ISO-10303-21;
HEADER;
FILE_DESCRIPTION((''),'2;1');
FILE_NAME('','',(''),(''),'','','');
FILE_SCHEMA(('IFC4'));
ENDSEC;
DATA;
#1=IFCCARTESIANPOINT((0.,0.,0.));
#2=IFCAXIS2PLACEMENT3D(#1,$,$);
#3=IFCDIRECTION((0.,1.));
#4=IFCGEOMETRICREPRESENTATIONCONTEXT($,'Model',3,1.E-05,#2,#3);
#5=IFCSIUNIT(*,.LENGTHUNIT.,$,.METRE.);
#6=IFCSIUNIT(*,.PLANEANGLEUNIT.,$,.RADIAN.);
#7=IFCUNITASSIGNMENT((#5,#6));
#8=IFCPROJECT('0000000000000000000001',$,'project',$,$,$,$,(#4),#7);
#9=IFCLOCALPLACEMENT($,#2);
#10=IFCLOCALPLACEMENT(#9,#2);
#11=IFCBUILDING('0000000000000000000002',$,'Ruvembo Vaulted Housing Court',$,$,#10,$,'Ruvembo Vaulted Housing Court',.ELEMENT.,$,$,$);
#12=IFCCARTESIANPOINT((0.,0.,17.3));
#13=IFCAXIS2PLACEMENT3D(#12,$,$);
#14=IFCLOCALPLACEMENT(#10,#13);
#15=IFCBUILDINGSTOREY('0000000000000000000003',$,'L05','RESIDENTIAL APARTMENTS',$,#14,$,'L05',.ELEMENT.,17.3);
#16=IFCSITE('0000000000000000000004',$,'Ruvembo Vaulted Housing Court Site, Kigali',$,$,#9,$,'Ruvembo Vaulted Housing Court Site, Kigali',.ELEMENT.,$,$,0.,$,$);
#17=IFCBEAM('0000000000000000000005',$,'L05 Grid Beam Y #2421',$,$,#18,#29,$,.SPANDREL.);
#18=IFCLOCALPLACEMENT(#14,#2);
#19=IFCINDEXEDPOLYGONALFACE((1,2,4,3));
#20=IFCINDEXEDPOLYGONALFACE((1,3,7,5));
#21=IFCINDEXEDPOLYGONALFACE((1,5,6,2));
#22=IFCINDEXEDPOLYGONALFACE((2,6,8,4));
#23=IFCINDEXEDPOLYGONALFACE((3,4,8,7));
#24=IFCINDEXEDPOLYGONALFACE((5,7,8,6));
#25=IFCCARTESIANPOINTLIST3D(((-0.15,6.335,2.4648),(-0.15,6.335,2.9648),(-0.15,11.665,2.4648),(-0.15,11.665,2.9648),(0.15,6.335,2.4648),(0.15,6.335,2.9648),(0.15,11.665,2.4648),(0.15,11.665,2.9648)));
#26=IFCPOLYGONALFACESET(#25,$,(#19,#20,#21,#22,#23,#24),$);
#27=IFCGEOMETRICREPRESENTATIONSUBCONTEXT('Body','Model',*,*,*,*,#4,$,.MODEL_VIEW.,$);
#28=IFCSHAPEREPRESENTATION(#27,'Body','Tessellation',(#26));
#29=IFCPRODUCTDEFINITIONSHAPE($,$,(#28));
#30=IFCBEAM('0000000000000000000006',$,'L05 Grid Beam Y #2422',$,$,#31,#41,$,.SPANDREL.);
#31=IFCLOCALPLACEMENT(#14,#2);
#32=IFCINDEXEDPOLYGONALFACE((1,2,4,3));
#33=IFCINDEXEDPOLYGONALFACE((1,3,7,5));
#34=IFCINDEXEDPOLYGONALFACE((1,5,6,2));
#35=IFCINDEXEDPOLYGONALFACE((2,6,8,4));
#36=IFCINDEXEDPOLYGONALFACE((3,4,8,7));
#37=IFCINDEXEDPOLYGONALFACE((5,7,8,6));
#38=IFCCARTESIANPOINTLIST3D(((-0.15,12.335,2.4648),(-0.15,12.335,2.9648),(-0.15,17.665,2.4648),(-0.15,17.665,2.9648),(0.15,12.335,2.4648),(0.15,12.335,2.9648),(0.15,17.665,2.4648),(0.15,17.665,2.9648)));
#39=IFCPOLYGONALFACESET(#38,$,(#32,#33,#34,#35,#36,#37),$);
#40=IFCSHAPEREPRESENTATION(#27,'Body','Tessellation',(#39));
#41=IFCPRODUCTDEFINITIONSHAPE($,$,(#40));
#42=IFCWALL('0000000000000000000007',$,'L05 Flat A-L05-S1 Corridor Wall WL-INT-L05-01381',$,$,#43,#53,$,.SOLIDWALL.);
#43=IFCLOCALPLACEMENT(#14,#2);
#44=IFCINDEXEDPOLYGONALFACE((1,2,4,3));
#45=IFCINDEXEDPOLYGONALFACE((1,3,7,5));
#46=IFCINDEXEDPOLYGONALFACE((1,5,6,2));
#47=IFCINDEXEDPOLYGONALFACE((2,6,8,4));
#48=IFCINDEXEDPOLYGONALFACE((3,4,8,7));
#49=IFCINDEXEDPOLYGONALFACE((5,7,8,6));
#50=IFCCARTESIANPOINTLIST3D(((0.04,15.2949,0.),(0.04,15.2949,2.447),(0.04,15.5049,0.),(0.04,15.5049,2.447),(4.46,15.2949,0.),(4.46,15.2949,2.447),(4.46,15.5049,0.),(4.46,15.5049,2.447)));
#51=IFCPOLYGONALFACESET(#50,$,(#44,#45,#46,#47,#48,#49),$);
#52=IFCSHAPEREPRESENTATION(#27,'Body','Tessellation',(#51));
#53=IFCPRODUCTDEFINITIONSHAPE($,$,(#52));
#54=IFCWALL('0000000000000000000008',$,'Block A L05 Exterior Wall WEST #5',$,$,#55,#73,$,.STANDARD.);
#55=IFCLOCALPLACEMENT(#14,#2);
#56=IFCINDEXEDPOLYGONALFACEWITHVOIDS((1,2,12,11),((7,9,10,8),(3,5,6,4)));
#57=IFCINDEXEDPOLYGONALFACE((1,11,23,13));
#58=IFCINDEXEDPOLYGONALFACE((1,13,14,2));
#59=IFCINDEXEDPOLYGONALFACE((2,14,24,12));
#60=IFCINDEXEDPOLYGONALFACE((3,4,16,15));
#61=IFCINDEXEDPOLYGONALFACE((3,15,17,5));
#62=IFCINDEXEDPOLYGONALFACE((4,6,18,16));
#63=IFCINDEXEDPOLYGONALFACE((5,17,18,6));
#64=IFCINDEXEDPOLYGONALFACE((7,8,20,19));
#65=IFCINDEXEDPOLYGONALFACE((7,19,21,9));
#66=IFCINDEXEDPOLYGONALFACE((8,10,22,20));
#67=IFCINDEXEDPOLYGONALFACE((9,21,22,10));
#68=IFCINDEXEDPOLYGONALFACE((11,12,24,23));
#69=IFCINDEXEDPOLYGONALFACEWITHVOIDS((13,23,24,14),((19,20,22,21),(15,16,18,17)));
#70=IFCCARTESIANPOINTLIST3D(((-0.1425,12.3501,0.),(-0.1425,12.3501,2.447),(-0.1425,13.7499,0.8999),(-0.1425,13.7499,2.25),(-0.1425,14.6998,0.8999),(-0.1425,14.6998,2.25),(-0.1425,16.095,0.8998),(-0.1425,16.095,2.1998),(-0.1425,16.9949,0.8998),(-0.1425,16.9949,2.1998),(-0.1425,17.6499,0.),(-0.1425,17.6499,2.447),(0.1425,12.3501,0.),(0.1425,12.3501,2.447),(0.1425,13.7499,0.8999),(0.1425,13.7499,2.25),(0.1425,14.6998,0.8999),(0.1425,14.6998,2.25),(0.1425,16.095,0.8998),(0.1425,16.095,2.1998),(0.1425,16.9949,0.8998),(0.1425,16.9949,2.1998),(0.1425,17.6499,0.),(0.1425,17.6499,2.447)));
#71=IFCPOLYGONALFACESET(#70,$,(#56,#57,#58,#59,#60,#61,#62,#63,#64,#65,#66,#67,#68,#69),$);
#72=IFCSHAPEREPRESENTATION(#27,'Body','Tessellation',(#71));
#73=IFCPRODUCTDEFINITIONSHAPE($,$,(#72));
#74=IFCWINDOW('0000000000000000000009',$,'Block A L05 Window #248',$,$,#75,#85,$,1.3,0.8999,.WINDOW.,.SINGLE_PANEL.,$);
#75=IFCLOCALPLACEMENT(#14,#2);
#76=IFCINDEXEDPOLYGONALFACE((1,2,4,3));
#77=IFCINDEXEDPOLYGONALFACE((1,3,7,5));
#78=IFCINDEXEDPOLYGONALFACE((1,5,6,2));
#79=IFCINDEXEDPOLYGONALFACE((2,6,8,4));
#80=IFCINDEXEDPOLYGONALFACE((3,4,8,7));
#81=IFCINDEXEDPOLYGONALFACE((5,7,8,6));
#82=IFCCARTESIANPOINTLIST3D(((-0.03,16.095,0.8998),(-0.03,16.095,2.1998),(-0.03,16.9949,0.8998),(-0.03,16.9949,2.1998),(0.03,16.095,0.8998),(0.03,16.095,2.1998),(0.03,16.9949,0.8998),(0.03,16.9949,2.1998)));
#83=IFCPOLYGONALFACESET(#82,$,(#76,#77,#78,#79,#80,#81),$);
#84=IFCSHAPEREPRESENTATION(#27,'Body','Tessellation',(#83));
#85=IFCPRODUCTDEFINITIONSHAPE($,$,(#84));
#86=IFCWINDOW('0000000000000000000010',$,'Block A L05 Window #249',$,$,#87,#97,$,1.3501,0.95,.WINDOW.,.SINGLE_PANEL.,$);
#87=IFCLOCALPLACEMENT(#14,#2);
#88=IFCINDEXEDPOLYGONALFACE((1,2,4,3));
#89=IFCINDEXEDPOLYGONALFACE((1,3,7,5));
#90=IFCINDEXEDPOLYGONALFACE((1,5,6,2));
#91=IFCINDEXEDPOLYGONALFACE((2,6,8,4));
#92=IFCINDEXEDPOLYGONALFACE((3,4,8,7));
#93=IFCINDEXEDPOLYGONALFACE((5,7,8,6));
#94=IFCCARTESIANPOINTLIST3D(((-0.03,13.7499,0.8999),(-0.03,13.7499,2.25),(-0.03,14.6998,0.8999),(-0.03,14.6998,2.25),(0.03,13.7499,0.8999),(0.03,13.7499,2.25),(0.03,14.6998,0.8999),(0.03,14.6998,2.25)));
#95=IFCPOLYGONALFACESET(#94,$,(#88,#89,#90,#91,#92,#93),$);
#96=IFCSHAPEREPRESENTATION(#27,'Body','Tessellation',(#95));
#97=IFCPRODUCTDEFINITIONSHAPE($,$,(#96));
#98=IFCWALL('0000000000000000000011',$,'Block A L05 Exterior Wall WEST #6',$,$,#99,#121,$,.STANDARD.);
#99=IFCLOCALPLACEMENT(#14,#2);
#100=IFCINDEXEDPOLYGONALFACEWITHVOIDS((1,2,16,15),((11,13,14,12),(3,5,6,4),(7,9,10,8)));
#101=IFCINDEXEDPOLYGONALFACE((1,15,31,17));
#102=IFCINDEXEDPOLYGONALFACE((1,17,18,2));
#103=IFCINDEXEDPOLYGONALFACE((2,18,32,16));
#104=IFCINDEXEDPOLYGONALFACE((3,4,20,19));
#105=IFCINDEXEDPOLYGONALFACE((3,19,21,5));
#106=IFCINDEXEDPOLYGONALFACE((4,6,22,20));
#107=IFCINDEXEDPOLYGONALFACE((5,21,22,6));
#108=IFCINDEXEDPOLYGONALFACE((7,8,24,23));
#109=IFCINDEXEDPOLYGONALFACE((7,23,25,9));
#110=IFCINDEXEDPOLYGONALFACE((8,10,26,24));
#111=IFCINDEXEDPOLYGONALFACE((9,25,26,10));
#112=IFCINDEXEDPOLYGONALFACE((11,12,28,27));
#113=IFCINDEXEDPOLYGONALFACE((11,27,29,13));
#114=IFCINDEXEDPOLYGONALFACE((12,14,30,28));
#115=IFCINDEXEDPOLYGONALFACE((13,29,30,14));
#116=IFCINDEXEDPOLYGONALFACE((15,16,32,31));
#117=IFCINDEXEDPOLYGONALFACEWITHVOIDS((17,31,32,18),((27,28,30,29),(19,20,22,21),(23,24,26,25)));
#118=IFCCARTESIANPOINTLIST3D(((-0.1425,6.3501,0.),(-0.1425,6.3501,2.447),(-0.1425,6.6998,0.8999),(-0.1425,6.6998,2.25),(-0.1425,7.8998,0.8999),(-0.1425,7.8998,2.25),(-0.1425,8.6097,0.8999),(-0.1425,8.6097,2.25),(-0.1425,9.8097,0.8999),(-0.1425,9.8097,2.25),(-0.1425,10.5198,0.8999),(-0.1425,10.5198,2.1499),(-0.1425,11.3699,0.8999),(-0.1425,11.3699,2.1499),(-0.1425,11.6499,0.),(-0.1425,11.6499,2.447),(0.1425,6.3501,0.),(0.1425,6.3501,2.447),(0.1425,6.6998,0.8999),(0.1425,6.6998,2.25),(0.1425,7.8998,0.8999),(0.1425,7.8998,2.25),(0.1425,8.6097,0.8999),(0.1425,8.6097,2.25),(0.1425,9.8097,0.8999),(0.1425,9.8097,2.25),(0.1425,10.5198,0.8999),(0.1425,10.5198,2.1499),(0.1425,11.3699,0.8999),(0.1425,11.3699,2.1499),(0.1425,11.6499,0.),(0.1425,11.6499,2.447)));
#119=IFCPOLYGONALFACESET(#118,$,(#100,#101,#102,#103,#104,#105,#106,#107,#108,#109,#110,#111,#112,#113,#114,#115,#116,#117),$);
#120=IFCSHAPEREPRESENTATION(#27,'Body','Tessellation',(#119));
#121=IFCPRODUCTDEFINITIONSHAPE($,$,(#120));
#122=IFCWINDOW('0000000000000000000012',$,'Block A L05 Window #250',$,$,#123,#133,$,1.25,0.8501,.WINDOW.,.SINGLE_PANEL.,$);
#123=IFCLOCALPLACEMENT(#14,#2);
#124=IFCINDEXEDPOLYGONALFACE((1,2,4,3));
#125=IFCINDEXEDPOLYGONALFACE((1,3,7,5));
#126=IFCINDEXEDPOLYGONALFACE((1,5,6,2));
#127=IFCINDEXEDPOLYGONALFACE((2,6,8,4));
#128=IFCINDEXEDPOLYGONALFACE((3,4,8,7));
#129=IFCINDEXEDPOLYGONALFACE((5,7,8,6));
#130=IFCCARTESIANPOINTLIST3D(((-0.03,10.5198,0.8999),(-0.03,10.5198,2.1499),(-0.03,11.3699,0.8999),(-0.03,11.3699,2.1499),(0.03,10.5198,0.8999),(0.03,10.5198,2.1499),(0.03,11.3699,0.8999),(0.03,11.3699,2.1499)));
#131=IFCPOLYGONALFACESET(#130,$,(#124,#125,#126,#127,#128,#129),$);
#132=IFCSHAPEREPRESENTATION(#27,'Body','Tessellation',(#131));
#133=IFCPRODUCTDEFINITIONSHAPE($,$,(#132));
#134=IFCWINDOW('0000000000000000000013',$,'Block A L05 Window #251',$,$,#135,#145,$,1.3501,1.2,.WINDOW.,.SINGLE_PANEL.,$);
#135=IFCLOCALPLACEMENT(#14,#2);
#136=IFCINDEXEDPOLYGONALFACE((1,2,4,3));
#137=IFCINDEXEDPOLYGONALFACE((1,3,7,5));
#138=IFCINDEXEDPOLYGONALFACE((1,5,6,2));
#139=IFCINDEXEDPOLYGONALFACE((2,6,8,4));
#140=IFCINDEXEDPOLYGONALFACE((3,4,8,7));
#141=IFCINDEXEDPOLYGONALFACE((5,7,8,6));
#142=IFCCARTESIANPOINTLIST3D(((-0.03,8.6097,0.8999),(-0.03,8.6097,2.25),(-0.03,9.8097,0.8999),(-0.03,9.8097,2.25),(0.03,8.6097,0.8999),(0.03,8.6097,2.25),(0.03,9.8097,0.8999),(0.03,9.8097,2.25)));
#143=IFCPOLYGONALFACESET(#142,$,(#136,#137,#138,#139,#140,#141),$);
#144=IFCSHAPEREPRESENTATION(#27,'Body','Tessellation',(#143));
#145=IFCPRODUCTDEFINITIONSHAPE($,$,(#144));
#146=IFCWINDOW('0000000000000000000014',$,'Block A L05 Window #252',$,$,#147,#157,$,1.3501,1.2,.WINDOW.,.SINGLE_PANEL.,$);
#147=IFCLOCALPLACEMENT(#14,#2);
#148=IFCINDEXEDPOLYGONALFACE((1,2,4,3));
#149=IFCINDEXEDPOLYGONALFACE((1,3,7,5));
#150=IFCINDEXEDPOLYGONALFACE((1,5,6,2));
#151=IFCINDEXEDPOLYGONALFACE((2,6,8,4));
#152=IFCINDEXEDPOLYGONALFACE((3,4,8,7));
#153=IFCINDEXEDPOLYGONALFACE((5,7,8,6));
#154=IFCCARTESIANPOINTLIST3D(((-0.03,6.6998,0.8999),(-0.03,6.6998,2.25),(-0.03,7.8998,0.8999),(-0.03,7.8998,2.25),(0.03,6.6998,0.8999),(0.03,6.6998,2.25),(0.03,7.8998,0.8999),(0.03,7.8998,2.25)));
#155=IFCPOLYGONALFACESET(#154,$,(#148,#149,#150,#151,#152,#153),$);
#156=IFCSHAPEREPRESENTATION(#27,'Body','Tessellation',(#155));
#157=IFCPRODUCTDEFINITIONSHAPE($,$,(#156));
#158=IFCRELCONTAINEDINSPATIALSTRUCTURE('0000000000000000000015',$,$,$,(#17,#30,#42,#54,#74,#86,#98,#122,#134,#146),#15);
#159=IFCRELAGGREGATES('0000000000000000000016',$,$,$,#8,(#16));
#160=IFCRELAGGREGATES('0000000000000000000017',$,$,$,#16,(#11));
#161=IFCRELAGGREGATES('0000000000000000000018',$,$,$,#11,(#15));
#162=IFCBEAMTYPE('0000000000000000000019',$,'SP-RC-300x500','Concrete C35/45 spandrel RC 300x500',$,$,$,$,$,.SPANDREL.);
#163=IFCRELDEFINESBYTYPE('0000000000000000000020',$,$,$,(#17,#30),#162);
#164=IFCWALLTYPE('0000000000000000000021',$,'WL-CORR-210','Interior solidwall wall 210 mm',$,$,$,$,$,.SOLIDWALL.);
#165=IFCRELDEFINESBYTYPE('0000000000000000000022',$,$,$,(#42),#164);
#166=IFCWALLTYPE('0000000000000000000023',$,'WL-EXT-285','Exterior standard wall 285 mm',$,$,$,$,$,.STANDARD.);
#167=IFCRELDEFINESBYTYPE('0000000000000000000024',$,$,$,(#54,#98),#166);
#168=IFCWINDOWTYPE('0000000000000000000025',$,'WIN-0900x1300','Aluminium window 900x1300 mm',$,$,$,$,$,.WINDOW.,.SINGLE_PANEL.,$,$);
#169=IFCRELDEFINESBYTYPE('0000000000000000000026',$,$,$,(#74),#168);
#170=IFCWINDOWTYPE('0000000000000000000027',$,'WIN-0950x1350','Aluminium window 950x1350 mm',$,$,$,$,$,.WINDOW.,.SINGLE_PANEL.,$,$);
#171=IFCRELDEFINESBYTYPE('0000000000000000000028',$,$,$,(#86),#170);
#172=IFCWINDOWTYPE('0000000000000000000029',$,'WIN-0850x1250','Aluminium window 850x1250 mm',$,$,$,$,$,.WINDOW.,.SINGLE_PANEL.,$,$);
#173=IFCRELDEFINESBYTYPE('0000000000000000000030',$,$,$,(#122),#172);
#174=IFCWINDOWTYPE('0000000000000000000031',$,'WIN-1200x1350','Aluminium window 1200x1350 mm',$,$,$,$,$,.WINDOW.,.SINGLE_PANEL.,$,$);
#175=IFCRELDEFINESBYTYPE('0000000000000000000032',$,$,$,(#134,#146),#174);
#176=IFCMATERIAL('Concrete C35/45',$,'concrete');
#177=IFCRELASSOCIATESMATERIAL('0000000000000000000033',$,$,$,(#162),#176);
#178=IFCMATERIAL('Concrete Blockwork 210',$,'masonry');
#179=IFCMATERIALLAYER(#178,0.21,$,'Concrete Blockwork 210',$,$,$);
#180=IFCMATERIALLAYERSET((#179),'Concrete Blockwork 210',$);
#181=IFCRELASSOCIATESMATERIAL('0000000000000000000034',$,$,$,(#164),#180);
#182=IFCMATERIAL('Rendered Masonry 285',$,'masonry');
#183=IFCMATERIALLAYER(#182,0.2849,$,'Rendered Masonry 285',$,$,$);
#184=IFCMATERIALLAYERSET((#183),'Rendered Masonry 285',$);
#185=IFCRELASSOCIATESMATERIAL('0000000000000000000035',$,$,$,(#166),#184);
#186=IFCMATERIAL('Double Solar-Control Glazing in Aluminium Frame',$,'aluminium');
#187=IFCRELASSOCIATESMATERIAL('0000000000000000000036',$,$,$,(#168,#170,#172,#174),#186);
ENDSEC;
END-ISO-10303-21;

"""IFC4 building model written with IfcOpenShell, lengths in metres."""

from ifc_helpers import new_model, si_unit, direction, frame, frame_2d, origin, origin_2d, place, context, subcontext, project, spatial, rectangle, extrude, material, layer, layer_set, material_profile, profile_set, type_object, element, fill, save


model = new_model("IFC4")

# Units and contexts
model_context = context("Model", 3, precision=1e-05, world=origin(), true_north=direction((0.0, 1.0)))
body_context = subcontext(model_context, "Body", "Model", "MODEL_VIEW")
ifc_project = project(units=[si_unit("LENGTHUNIT", "METRE"), si_unit("PLANEANGLEUNIT", "RADIAN")], contexts=[model_context])

# Site, building, storey
site_placement = place(None, origin())
site = spatial("IfcSite", under=ifc_project, at=site_placement, Name="Ruvembo Vaulted Housing Court Site, Kigali", LongName="Ruvembo Vaulted Housing Court Site, Kigali", CompositionType="ELEMENT", RefElevation=0.0)
building_placement = place(site_placement, origin())
building = spatial("IfcBuilding", under=site, at=building_placement, Name="Ruvembo Vaulted Housing Court", LongName="Ruvembo Vaulted Housing Court", CompositionType="ELEMENT")
storey_placement = place(building_placement, frame((0.0, 0.0, 17.3)))
storey = spatial("IfcBuildingStorey", under=building, at=storey_placement, Name="L05", Description="RESIDENTIAL APARTMENTS", LongName="L05", CompositionType="ELEMENT", Elevation=17.3)

# Shared definitions
ifc_material_1 = material(Name="Concrete C35/45", Category="concrete")

# Beams
ifc_material_profile_1 = material_profile(ifc_material_1, rectangle(XDim=0.3, YDim=0.5, at=origin_2d()), Name="RC 300x500")
ifc_profile_set_1 = profile_set([ifc_material_profile_1], Name="Concrete C35/45")
beam_type_1 = type_object("IfcBeamType", Name="SP-RC-300x500", Description="Concrete C35/45 spandrel RC 300x500", PredefinedType="SPANDREL", material=ifc_profile_set_1)
for number, where, z_axis, x_axis, name in (
    (1, (0.0, 6.335, 2.7148), (0.0, 1.0, 0.0), (-1.0, 0.0, 0.0), "L05 Grid Beam Y #2421"),
    (2, (0.0, 12.335, 2.7148), (0.0, 1.0, 0.0), (-1.0, 0.0, 0.0), "L05 Grid Beam Y #2422"),
):
    element("IfcBeam", number, at=place(storey_placement, frame(where, z_axis=z_axis, x_axis=x_axis)), inside=storey, type_object=beam_type_1, Name=name, PredefinedType="SPANDREL", context=body_context, shape_type="SweptSolid", body=[
        extrude(rectangle(XDim=0.3, YDim=0.5, at=origin_2d()), origin(), (0.0, 0.0, 1.0), 5.3301),
    ])

# Wall
ifc_material_2 = material(Name="Concrete Blockwork 210", Category="masonry")
ifc_layer_1 = layer(ifc_material_2, 0.21, Name="Concrete Blockwork 210")
ifc_layer_set_1 = layer_set([ifc_layer_1], Name="Concrete Blockwork 210")
wall_type_1 = type_object("IfcWallType", Name="WL-CORR-210", Description="Interior solidwall wall 210 mm", PredefinedType="SOLIDWALL", material=ifc_layer_set_1)
wall_1_placement = place(storey_placement, frame((0.04, 15.3999, 0.0), z_axis=(0.0, 0.0, 1.0), x_axis=(1.0, 0.0, 0.0)))
element("IfcWall", 3, at=wall_1_placement, inside=storey, type_object=wall_type_1, Name="L05 Flat A-L05-S1 Corridor Wall WL-INT-L05-01381", PredefinedType="SOLIDWALL", context=body_context, shape_type="SweptSolid", body=[
    extrude(rectangle(XDim=4.4199, YDim=0.21, at=frame_2d((2.21, 0.0))), origin(), (0.0, 0.0, 1.0), 2.447),
])

# Walls, openings, windows
ifc_material_3 = material(Name="Rendered Masonry 285", Category="masonry")
ifc_layer_2 = layer(ifc_material_3, 0.2849, Name="Rendered Masonry 285")
ifc_layer_set_2 = layer_set([ifc_layer_2], Name="Rendered Masonry 285")
wall_type_2 = type_object("IfcWallType", Name="WL-EXT-285", Description="Exterior standard wall 285 mm", PredefinedType="STANDARD", material=ifc_layer_set_2)
wall_2_placement = place(storey_placement, frame((0.0, 17.6499, 0.0), z_axis=(0.0, 0.0, 1.0), x_axis=(0.0, -1.0, 0.0)))
wall_2 = element("IfcWall", 4, at=wall_2_placement, inside=storey, type_object=wall_type_2, Name="Block A L05 Exterior Wall WEST #5", PredefinedType="STANDARD", context=body_context, shape_type="SweptSolid", body=[
    extrude(rectangle(XDim=5.2998, YDim=0.2849, at=frame_2d((2.6499, 0.0))), origin(), (0.0, 0.0, 1.0), 2.447),
])
opening_1_placement = place(wall_2_placement, frame((0.655, 0.0, 0.8999)))
opening_1 = element("IfcOpeningElement", 5, at=opening_1_placement, cuts=wall_2, PredefinedType="OPENING", context=body_context, shape_type="SweptSolid", body=[
    extrude(rectangle(XDim=0.8999, YDim=1.3, at=frame_2d((0.45, 0.6499))), frame((0.0, 0.1523, 0.0), z_axis=(0.0, -1.0, 0.0), x_axis=(1.0, 0.0, 0.0)), (0.0, 0.0, 1.0), 0.3049),
])
opening_2_placement = place(wall_2_placement, frame((2.95, 0.0, 0.8999)))
opening_2 = element("IfcOpeningElement", 6, at=opening_2_placement, cuts=wall_2, PredefinedType="OPENING", context=body_context, shape_type="SweptSolid", body=[
    extrude(rectangle(XDim=0.95, YDim=1.3501, at=frame_2d((0.4751, 0.675))), frame((0.0, 0.1523, 0.0), z_axis=(0.0, -1.0, 0.0), x_axis=(1.0, 0.0, 0.0)), (0.0, 0.0, 1.0), 0.3049),
])
ifc_material_4 = material(Name="Double Solar-Control Glazing in Aluminium Frame", Category="aluminium")
window_type_1 = type_object("IfcWindowType", Name="WIN-0900x1300", Description="Aluminium window 900x1300 mm", PartitioningType="SINGLE_PANEL", PredefinedType="WINDOW", material=ifc_material_4)
window_1_placement = place(opening_1_placement, origin())
window_1 = element("IfcWindow", 7, at=window_1_placement, inside=storey, type_object=window_type_1, Name="Block A L05 Window #248", OverallHeight=1.3, OverallWidth=0.8999, PartitioningType="SINGLE_PANEL", PredefinedType="WINDOW", context=body_context, shape_type="SweptSolid", body=[
    extrude(rectangle(XDim=0.8999, YDim=1.3, at=frame_2d((0.45, 0.6499))), frame((0.0, 0.03, 0.0), z_axis=(0.0, -1.0, 0.0), x_axis=(1.0, 0.0, 0.0)), (0.0, 0.0, 1.0), 0.0601),
])
fill(opening_1, window_1)
window_type_2 = type_object("IfcWindowType", Name="WIN-0950x1350", Description="Aluminium window 950x1350 mm", PartitioningType="SINGLE_PANEL", PredefinedType="WINDOW", material=ifc_material_4)
window_2_placement = place(opening_2_placement, origin())
window_2 = element("IfcWindow", 8, at=window_2_placement, inside=storey, type_object=window_type_2, Name="Block A L05 Window #249", OverallHeight=1.3501, OverallWidth=0.95, PartitioningType="SINGLE_PANEL", PredefinedType="WINDOW", context=body_context, shape_type="SweptSolid", body=[
    extrude(rectangle(XDim=0.95, YDim=1.3501, at=frame_2d((0.4751, 0.675))), frame((0.0, 0.03, 0.0), z_axis=(0.0, -1.0, 0.0), x_axis=(1.0, 0.0, 0.0)), (0.0, 0.0, 1.0), 0.0601),
])
fill(opening_2, window_2)
wall_3_placement = place(storey_placement, frame((0.0, 11.6499, 0.0), z_axis=(0.0, 0.0, 1.0), x_axis=(0.0, -1.0, 0.0)))
wall_3 = element("IfcWall", 9, at=wall_3_placement, inside=storey, type_object=wall_type_2, Name="Block A L05 Exterior Wall WEST #6", PredefinedType="STANDARD", context=body_context, shape_type="SweptSolid", body=[
    extrude(rectangle(XDim=5.2998, YDim=0.2849, at=frame_2d((2.6499, 0.0))), origin(), (0.0, 0.0, 1.0), 2.447),
])
opening_3_placement = place(wall_3_placement, frame((0.28, 0.0, 0.8999)))
opening_3 = element("IfcOpeningElement", 10, at=opening_3_placement, cuts=wall_3, PredefinedType="OPENING", context=body_context, shape_type="SweptSolid", body=[
    extrude(rectangle(XDim=0.8501, YDim=1.25, at=frame_2d((0.425, 0.625))), frame((0.0, 0.1523, 0.0), z_axis=(0.0, -1.0, 0.0), x_axis=(1.0, 0.0, 0.0)), (0.0, 0.0, 1.0), 0.3049),
])
opening_4_placement = place(wall_3_placement, frame((1.8401, 0.0, 0.8999)))
opening_4 = element("IfcOpeningElement", 11, at=opening_4_placement, cuts=wall_3, PredefinedType="OPENING", context=body_context, shape_type="SweptSolid", body=[
    extrude(rectangle(XDim=1.2, YDim=1.3501, at=frame_2d((0.6001, 0.675))), frame((0.0, 0.1523, 0.0), z_axis=(0.0, -1.0, 0.0), x_axis=(1.0, 0.0, 0.0)), (0.0, 0.0, 1.0), 0.3049),
])
opening_5_placement = place(wall_3_placement, frame((3.75, 0.0, 0.8999)))
opening_5 = element("IfcOpeningElement", 12, at=opening_5_placement, cuts=wall_3, PredefinedType="OPENING", context=body_context, shape_type="SweptSolid", body=[
    extrude(rectangle(XDim=1.2, YDim=1.3501, at=frame_2d((0.6001, 0.675))), frame((0.0, 0.1523, 0.0), z_axis=(0.0, -1.0, 0.0), x_axis=(1.0, 0.0, 0.0)), (0.0, 0.0, 1.0), 0.3049),
])
window_type_3 = type_object("IfcWindowType", Name="WIN-0850x1250", Description="Aluminium window 850x1250 mm", PartitioningType="SINGLE_PANEL", PredefinedType="WINDOW", material=ifc_material_4)
window_3_placement = place(opening_3_placement, origin())
window_3 = element("IfcWindow", 13, at=window_3_placement, inside=storey, type_object=window_type_3, Name="Block A L05 Window #250", OverallHeight=1.25, OverallWidth=0.8501, PartitioningType="SINGLE_PANEL", PredefinedType="WINDOW", context=body_context, shape_type="SweptSolid", body=[
    extrude(rectangle(XDim=0.8501, YDim=1.25, at=frame_2d((0.425, 0.625))), frame((0.0, 0.03, 0.0), z_axis=(0.0, -1.0, 0.0), x_axis=(1.0, 0.0, 0.0)), (0.0, 0.0, 1.0), 0.0601),
])
fill(opening_3, window_3)
window_type_4 = type_object("IfcWindowType", Name="WIN-1200x1350", Description="Aluminium window 1200x1350 mm", PartitioningType="SINGLE_PANEL", PredefinedType="WINDOW", material=ifc_material_4)
window_4_placement = place(opening_4_placement, origin())
window_4 = element("IfcWindow", 14, at=window_4_placement, inside=storey, type_object=window_type_4, Name="Block A L05 Window #251", OverallHeight=1.3501, OverallWidth=1.2, PartitioningType="SINGLE_PANEL", PredefinedType="WINDOW", context=body_context, shape_type="SweptSolid", body=[
    extrude(rectangle(XDim=1.2, YDim=1.3501, at=frame_2d((0.6001, 0.675))), frame((0.0, 0.03, 0.0), z_axis=(0.0, -1.0, 0.0), x_axis=(1.0, 0.0, 0.0)), (0.0, 0.0, 1.0), 0.0601),
])
fill(opening_4, window_4)
window_5_placement = place(opening_5_placement, origin())
window_5 = element("IfcWindow", 15, at=window_5_placement, inside=storey, type_object=window_type_4, Name="Block A L05 Window #252", OverallHeight=1.3501, OverallWidth=1.2, PartitioningType="SINGLE_PANEL", PredefinedType="WINDOW", context=body_context, shape_type="SweptSolid", body=[
    extrude(rectangle(XDim=1.2, YDim=1.3501, at=frame_2d((0.6001, 0.675))), frame((0.0, 0.03, 0.0), z_axis=(0.0, -1.0, 0.0), x_axis=(1.0, 0.0, 0.0)), (0.0, 0.0, 1.0), 0.0601),
])
fill(opening_5, window_5)

save(model, "model.ifc")
